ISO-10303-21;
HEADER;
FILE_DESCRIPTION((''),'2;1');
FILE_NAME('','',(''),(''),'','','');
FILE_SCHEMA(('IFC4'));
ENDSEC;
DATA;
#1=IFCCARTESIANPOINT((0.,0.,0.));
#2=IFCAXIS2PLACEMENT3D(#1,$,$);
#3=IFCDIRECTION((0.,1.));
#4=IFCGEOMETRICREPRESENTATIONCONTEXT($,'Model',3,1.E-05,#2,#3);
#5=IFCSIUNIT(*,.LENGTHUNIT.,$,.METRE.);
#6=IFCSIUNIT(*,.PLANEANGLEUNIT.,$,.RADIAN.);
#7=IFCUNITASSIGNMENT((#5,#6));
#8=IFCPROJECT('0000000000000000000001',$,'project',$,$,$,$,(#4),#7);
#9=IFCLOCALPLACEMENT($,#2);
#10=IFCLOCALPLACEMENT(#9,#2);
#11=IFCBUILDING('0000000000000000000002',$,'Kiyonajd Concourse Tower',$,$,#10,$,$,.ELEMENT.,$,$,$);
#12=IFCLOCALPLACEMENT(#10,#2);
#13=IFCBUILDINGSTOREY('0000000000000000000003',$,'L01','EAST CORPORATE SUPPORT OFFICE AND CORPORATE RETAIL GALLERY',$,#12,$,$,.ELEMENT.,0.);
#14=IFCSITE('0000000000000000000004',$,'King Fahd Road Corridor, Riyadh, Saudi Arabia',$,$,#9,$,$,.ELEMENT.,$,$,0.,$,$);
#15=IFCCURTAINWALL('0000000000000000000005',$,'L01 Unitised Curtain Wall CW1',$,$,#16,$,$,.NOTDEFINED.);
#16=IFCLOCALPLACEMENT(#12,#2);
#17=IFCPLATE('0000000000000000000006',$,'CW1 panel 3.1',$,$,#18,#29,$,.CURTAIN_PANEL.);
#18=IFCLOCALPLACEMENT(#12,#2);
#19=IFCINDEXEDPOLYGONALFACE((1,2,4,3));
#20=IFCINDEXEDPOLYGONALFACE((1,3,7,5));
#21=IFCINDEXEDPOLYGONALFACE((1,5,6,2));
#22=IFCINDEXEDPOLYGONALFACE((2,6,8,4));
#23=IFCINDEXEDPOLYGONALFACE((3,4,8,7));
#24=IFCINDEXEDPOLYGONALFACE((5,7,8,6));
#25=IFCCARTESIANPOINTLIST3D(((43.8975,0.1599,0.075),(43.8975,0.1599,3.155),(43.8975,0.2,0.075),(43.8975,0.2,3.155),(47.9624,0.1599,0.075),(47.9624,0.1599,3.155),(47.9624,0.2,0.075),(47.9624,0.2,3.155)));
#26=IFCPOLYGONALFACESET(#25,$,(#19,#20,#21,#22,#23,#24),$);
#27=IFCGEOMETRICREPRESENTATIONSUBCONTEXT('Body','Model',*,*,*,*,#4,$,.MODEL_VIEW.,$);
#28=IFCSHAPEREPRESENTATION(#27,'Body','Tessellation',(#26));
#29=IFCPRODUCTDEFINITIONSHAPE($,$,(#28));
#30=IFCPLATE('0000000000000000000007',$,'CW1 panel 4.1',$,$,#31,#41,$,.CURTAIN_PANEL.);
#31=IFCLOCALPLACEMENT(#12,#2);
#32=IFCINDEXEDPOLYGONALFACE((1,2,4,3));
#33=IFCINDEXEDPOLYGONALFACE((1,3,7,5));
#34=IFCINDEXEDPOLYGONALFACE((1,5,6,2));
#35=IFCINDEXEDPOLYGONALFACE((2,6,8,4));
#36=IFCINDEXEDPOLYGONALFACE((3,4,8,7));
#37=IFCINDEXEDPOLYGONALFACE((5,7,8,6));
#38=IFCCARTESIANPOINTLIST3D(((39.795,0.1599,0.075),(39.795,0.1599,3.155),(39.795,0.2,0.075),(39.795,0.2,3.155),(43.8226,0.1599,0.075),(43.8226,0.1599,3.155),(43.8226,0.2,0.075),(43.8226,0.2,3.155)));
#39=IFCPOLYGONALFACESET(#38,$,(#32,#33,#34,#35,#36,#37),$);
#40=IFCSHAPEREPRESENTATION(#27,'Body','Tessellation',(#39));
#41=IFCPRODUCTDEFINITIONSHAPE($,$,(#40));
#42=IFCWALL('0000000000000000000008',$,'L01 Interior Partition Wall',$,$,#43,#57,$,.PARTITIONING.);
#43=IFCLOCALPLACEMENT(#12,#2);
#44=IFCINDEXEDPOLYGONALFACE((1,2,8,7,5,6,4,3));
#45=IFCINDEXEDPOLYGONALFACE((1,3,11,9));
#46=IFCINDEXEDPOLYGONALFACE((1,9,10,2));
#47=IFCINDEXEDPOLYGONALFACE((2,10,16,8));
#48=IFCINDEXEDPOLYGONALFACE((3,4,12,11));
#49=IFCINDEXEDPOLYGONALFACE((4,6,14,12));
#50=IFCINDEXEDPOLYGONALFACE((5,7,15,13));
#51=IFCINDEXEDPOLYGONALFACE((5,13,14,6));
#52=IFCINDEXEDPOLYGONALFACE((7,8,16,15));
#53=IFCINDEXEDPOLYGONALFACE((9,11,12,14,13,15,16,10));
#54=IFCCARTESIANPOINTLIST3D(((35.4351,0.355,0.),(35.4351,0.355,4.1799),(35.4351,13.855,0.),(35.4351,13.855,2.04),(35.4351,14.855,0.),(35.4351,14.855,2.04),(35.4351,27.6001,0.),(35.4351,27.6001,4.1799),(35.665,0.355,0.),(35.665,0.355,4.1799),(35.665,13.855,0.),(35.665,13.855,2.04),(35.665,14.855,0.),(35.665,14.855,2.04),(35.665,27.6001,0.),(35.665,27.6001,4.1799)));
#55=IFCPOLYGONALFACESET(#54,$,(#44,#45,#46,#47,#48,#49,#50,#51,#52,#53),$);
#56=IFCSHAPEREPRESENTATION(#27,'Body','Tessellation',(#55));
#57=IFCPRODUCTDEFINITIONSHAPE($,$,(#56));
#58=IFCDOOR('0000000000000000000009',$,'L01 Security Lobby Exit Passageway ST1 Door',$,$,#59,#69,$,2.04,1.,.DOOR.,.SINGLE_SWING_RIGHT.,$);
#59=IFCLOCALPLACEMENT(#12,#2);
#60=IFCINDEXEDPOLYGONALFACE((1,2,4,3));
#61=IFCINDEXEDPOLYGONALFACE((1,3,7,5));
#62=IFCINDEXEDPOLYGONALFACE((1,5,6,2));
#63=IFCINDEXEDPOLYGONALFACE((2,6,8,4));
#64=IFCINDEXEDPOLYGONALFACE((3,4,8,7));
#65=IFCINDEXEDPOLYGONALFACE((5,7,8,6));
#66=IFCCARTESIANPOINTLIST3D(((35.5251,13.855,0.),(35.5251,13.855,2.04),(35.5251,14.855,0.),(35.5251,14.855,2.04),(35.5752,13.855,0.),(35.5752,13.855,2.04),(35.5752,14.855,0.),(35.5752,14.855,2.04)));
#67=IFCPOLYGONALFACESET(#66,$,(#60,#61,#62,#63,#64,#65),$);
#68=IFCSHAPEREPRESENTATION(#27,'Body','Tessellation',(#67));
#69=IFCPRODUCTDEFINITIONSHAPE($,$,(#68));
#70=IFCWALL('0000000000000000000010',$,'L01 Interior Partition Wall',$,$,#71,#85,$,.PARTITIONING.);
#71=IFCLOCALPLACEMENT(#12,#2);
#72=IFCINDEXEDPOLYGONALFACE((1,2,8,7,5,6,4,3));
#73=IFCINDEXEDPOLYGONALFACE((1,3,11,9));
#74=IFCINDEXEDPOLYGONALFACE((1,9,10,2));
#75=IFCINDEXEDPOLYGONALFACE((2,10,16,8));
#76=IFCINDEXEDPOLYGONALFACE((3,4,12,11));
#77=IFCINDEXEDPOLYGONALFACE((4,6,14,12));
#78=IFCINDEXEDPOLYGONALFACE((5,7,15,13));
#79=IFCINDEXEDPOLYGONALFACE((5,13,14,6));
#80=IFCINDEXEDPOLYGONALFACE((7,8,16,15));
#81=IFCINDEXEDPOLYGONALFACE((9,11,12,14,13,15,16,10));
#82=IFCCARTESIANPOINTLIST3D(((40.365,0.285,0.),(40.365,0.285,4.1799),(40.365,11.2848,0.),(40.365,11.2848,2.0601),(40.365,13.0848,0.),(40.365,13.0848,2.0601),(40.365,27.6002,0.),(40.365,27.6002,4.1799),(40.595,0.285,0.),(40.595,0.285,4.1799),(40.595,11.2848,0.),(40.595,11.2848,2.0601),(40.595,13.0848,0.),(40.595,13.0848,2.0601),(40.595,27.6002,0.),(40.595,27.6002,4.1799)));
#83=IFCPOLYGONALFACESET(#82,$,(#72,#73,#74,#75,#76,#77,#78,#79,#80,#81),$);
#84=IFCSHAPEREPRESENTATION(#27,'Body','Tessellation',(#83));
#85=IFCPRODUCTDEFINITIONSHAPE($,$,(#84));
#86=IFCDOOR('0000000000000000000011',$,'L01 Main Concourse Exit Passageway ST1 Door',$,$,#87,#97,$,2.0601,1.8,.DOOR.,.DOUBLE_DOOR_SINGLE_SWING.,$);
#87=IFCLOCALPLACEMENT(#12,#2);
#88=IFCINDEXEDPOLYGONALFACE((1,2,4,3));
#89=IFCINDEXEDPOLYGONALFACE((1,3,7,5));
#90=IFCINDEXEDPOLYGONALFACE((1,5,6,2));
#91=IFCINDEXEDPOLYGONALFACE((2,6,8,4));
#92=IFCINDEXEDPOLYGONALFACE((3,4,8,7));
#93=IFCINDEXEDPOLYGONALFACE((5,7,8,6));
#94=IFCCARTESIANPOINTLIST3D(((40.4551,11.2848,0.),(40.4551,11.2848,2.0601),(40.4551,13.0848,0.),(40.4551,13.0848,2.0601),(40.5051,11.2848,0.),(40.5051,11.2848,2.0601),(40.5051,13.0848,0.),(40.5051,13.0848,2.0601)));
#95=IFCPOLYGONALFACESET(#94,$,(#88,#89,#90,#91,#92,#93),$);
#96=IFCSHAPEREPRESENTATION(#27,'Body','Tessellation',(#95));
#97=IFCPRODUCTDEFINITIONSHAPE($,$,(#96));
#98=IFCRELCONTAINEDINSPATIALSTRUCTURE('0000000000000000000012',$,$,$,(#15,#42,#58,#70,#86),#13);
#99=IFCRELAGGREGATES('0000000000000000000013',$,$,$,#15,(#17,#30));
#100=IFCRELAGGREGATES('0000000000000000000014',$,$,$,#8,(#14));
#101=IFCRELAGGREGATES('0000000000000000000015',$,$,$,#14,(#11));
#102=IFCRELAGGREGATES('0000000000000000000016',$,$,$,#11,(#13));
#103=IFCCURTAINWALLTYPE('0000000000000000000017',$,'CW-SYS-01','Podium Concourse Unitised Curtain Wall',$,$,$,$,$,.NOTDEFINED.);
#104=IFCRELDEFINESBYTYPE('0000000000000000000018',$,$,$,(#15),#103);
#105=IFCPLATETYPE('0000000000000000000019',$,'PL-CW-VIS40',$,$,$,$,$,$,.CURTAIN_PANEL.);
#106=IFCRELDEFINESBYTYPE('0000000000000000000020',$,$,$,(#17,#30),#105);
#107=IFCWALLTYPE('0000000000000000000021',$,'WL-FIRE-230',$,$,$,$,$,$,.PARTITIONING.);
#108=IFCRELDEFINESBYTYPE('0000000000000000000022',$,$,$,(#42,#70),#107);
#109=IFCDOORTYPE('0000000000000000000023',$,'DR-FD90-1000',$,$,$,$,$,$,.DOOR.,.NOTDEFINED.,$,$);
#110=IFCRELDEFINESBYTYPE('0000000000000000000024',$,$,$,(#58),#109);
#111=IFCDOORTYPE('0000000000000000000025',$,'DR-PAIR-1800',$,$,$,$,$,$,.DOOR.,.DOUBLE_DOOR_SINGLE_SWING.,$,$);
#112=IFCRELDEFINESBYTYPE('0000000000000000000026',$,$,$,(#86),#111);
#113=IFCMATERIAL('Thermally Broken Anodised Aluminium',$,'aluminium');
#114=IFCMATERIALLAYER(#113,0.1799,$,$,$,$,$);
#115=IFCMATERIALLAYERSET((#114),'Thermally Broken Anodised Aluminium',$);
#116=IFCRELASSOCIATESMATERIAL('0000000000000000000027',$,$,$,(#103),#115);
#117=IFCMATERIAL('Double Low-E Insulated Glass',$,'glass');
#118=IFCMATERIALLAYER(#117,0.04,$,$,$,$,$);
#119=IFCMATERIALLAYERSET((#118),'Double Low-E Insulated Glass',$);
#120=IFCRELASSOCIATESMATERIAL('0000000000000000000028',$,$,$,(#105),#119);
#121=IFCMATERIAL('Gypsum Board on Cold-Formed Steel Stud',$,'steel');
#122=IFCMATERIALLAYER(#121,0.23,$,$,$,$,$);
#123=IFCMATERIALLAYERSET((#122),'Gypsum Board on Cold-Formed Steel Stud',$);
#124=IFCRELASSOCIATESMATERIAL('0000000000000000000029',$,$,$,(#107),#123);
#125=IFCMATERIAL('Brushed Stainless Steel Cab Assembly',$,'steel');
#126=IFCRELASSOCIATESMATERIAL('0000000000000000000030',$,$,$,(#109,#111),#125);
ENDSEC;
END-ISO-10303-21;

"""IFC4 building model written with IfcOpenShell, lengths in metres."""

from ifc_helpers import new_model, si_unit, direction, frame, frame_2d, origin, origin_2d, place, context, subcontext, project, spatial, rectangle, extrude, material, layer, layer_set, type_object, element, fill, aggregate, save


model = new_model("IFC4")

# Units and contexts
model_context = context("Model", 3, precision=1e-05, world=origin(), true_north=direction((0.0, 1.0)))
body_context = subcontext(model_context, "Body", "Model", "MODEL_VIEW")
ifc_project = project(units=[si_unit("LENGTHUNIT", "METRE"), si_unit("PLANEANGLEUNIT", "RADIAN")], contexts=[model_context])

# Site, building, storey
site_placement = place(None, origin())
site = spatial("IfcSite", under=ifc_project, at=site_placement, Name="King Fahd Road Corridor, Riyadh, Saudi Arabia", CompositionType="ELEMENT", RefElevation=0.0)
building_placement = place(site_placement, origin())
building = spatial("IfcBuilding", under=site, at=building_placement, Name="Kiyonajd Concourse Tower", CompositionType="ELEMENT")
storey_placement = place(building_placement, origin())
storey = spatial("IfcBuildingStorey", under=building, at=storey_placement, Name="L01", Description="EAST CORPORATE SUPPORT OFFICE AND CORPORATE RETAIL GALLERY", CompositionType="ELEMENT", Elevation=0.0)

# Curtain wall
ifc_material_1 = material(Name="Thermally Broken Anodised Aluminium", Category="aluminium")
ifc_layer_1 = layer(ifc_material_1, 0.1799)
ifc_layer_set_1 = layer_set([ifc_layer_1], Name="Thermally Broken Anodised Aluminium")
curtain_wall_type = type_object("IfcCurtainWallType", Name="CW-SYS-01", Description="Podium Concourse Unitised Curtain Wall", PredefinedType="NOTDEFINED", material=ifc_layer_set_1)
curtain_wall_placement = place(storey_placement, origin())
curtain_wall = element("IfcCurtainWall", 1, at=curtain_wall_placement, inside=storey, type_object=curtain_wall_type, Name="L01 Unitised Curtain Wall CW1", PredefinedType="NOTDEFINED")

# Plates
ifc_material_2 = material(Name="Double Low-E Insulated Glass", Category="glass")
ifc_layer_2 = layer(ifc_material_2, 0.04)
ifc_layer_set_2 = layer_set([ifc_layer_2], Name="Double Low-E Insulated Glass")
plate_type_1 = type_object("IfcPlateType", Name="PL-CW-VIS40", PredefinedType="CURTAIN_PANEL", material=ifc_layer_set_2)
plate_1_placement = place(storey_placement, frame((45.9299, 0.1799, 0.075), z_axis=(0.0, 0.0, 1.0), x_axis=(-1.0, 0.0, 0.0)))
plate_1 = element("IfcPlate", 2, at=plate_1_placement, type_object=plate_type_1, Name="CW1 panel 3.1", PredefinedType="CURTAIN_PANEL", context=body_context, shape_type="SweptSolid", body=[
    extrude(rectangle(XDim=4.0649, YDim=0.04, at=origin_2d()), origin(), (0.0, 0.0, 1.0), 3.0801),
])
plate_2_placement = place(storey_placement, frame((41.8088, 0.1799, 0.075), z_axis=(0.0, 0.0, 1.0), x_axis=(-1.0, 0.0, 0.0)))
plate_2 = element("IfcPlate", 3, at=plate_2_placement, type_object=plate_type_1, Name="CW1 panel 4.1", PredefinedType="CURTAIN_PANEL", context=body_context, shape_type="SweptSolid", body=[
    extrude(rectangle(XDim=4.0276, YDim=0.04, at=origin_2d()), origin(), (0.0, 0.0, 1.0), 3.0801),
])
aggregate(curtain_wall, [plate_1, plate_2])

# Walls, openings, doors
ifc_material_3 = material(Name="Gypsum Board on Cold-Formed Steel Stud", Category="steel")
ifc_layer_3 = layer(ifc_material_3, 0.23)
ifc_layer_set_3 = layer_set([ifc_layer_3], Name="Gypsum Board on Cold-Formed Steel Stud")
wall_type_1 = type_object("IfcWallType", Name="WL-FIRE-230", PredefinedType="PARTITIONING", material=ifc_layer_set_3)
wall_1_placement = place(storey_placement, frame((35.55, 0.355, 0.0), z_axis=(0.0, 0.0, 1.0), x_axis=(0.0, 1.0, 0.0)))
wall_1 = element("IfcWall", 4, at=wall_1_placement, inside=storey, type_object=wall_type_1, Name="L01 Interior Partition Wall", PredefinedType="PARTITIONING", context=body_context, shape_type="SweptSolid", body=[
    extrude(rectangle(XDim=27.2451, YDim=0.23, at=frame_2d((13.6226, 0.0))), origin(), (0.0, 0.0, 1.0), 4.1799),
])
opening_1_placement = place(wall_1_placement, frame((13.5, 0.0, 0.0)))
opening_1 = element("IfcOpeningElement", 5, at=opening_1_placement, cuts=wall_1, PredefinedType="OPENING", context=body_context, shape_type="SweptSolid", body=[
    extrude(rectangle(XDim=1.0, YDim=2.04, at=frame_2d((0.5, 1.02))), frame((0.0, 0.125, 0.0), z_axis=(0.0, -1.0, 0.0), x_axis=(1.0, 0.0, 0.0)), (0.0, 0.0, 1.0), 0.25),
])
ifc_material_4 = material(Name="Brushed Stainless Steel Cab Assembly", Category="steel")
door_type_1 = type_object("IfcDoorType", Name="DR-FD90-1000", OperationType="NOTDEFINED", PredefinedType="DOOR", material=ifc_material_4)
door_1_placement = place(opening_1_placement, origin())
door_1 = element("IfcDoor", 6, at=door_1_placement, inside=storey, type_object=door_type_1, Name="L01 Security Lobby Exit Passageway ST1 Door", OperationType="SINGLE_SWING_RIGHT", OverallHeight=2.04, OverallWidth=1.0, PredefinedType="DOOR", context=body_context, shape_type="SweptSolid", body=[
    extrude(rectangle(XDim=1.0, YDim=2.04, at=frame_2d((0.5, 1.02))), frame((0.0, 0.0249, 0.0), z_axis=(0.0, -1.0, 0.0), x_axis=(1.0, 0.0, 0.0)), (0.0, 0.0, 1.0), 0.05),
])
fill(opening_1, door_1)
wall_2_placement = place(storey_placement, frame((40.48, 0.2849, 0.0), z_axis=(0.0, 0.0, 1.0), x_axis=(0.0, 1.0, 0.0)))
wall_2 = element("IfcWall", 7, at=wall_2_placement, inside=storey, type_object=wall_type_1, Name="L01 Interior Partition Wall", PredefinedType="PARTITIONING", context=body_context, shape_type="SweptSolid", body=[
    extrude(rectangle(XDim=27.3152, YDim=0.23, at=frame_2d((13.6577, 0.0))), origin(), (0.0, 0.0, 1.0), 4.1799),
])
opening_2_placement = place(wall_2_placement, frame((11.0, 0.0, 0.0)))
opening_2 = element("IfcOpeningElement", 8, at=opening_2_placement, cuts=wall_2, PredefinedType="OPENING", context=body_context, shape_type="SweptSolid", body=[
    extrude(rectangle(XDim=1.8, YDim=2.0601, at=frame_2d((0.8999, 1.03))), frame((0.0, 0.125, 0.0), z_axis=(0.0, -1.0, 0.0), x_axis=(1.0, 0.0, 0.0)), (0.0, 0.0, 1.0), 0.25),
])
door_type_2 = type_object("IfcDoorType", Name="DR-PAIR-1800", OperationType="DOUBLE_DOOR_SINGLE_SWING", PredefinedType="DOOR", material=ifc_material_4)
door_2_placement = place(opening_2_placement, origin())
door_2 = element("IfcDoor", 9, at=door_2_placement, inside=storey, type_object=door_type_2, Name="L01 Main Concourse Exit Passageway ST1 Door", OperationType="DOUBLE_DOOR_SINGLE_SWING", OverallHeight=2.0601, OverallWidth=1.8, PredefinedType="DOOR", context=body_context, shape_type="SweptSolid", body=[
    extrude(rectangle(XDim=1.8, YDim=2.0601, at=frame_2d((0.8999, 1.03))), frame((0.0, 0.0249, 0.0), z_axis=(0.0, -1.0, 0.0), x_axis=(1.0, 0.0, 0.0)), (0.0, 0.0, 1.0), 0.05),
])
fill(opening_2, door_2)

save(model, "model.ifc")
